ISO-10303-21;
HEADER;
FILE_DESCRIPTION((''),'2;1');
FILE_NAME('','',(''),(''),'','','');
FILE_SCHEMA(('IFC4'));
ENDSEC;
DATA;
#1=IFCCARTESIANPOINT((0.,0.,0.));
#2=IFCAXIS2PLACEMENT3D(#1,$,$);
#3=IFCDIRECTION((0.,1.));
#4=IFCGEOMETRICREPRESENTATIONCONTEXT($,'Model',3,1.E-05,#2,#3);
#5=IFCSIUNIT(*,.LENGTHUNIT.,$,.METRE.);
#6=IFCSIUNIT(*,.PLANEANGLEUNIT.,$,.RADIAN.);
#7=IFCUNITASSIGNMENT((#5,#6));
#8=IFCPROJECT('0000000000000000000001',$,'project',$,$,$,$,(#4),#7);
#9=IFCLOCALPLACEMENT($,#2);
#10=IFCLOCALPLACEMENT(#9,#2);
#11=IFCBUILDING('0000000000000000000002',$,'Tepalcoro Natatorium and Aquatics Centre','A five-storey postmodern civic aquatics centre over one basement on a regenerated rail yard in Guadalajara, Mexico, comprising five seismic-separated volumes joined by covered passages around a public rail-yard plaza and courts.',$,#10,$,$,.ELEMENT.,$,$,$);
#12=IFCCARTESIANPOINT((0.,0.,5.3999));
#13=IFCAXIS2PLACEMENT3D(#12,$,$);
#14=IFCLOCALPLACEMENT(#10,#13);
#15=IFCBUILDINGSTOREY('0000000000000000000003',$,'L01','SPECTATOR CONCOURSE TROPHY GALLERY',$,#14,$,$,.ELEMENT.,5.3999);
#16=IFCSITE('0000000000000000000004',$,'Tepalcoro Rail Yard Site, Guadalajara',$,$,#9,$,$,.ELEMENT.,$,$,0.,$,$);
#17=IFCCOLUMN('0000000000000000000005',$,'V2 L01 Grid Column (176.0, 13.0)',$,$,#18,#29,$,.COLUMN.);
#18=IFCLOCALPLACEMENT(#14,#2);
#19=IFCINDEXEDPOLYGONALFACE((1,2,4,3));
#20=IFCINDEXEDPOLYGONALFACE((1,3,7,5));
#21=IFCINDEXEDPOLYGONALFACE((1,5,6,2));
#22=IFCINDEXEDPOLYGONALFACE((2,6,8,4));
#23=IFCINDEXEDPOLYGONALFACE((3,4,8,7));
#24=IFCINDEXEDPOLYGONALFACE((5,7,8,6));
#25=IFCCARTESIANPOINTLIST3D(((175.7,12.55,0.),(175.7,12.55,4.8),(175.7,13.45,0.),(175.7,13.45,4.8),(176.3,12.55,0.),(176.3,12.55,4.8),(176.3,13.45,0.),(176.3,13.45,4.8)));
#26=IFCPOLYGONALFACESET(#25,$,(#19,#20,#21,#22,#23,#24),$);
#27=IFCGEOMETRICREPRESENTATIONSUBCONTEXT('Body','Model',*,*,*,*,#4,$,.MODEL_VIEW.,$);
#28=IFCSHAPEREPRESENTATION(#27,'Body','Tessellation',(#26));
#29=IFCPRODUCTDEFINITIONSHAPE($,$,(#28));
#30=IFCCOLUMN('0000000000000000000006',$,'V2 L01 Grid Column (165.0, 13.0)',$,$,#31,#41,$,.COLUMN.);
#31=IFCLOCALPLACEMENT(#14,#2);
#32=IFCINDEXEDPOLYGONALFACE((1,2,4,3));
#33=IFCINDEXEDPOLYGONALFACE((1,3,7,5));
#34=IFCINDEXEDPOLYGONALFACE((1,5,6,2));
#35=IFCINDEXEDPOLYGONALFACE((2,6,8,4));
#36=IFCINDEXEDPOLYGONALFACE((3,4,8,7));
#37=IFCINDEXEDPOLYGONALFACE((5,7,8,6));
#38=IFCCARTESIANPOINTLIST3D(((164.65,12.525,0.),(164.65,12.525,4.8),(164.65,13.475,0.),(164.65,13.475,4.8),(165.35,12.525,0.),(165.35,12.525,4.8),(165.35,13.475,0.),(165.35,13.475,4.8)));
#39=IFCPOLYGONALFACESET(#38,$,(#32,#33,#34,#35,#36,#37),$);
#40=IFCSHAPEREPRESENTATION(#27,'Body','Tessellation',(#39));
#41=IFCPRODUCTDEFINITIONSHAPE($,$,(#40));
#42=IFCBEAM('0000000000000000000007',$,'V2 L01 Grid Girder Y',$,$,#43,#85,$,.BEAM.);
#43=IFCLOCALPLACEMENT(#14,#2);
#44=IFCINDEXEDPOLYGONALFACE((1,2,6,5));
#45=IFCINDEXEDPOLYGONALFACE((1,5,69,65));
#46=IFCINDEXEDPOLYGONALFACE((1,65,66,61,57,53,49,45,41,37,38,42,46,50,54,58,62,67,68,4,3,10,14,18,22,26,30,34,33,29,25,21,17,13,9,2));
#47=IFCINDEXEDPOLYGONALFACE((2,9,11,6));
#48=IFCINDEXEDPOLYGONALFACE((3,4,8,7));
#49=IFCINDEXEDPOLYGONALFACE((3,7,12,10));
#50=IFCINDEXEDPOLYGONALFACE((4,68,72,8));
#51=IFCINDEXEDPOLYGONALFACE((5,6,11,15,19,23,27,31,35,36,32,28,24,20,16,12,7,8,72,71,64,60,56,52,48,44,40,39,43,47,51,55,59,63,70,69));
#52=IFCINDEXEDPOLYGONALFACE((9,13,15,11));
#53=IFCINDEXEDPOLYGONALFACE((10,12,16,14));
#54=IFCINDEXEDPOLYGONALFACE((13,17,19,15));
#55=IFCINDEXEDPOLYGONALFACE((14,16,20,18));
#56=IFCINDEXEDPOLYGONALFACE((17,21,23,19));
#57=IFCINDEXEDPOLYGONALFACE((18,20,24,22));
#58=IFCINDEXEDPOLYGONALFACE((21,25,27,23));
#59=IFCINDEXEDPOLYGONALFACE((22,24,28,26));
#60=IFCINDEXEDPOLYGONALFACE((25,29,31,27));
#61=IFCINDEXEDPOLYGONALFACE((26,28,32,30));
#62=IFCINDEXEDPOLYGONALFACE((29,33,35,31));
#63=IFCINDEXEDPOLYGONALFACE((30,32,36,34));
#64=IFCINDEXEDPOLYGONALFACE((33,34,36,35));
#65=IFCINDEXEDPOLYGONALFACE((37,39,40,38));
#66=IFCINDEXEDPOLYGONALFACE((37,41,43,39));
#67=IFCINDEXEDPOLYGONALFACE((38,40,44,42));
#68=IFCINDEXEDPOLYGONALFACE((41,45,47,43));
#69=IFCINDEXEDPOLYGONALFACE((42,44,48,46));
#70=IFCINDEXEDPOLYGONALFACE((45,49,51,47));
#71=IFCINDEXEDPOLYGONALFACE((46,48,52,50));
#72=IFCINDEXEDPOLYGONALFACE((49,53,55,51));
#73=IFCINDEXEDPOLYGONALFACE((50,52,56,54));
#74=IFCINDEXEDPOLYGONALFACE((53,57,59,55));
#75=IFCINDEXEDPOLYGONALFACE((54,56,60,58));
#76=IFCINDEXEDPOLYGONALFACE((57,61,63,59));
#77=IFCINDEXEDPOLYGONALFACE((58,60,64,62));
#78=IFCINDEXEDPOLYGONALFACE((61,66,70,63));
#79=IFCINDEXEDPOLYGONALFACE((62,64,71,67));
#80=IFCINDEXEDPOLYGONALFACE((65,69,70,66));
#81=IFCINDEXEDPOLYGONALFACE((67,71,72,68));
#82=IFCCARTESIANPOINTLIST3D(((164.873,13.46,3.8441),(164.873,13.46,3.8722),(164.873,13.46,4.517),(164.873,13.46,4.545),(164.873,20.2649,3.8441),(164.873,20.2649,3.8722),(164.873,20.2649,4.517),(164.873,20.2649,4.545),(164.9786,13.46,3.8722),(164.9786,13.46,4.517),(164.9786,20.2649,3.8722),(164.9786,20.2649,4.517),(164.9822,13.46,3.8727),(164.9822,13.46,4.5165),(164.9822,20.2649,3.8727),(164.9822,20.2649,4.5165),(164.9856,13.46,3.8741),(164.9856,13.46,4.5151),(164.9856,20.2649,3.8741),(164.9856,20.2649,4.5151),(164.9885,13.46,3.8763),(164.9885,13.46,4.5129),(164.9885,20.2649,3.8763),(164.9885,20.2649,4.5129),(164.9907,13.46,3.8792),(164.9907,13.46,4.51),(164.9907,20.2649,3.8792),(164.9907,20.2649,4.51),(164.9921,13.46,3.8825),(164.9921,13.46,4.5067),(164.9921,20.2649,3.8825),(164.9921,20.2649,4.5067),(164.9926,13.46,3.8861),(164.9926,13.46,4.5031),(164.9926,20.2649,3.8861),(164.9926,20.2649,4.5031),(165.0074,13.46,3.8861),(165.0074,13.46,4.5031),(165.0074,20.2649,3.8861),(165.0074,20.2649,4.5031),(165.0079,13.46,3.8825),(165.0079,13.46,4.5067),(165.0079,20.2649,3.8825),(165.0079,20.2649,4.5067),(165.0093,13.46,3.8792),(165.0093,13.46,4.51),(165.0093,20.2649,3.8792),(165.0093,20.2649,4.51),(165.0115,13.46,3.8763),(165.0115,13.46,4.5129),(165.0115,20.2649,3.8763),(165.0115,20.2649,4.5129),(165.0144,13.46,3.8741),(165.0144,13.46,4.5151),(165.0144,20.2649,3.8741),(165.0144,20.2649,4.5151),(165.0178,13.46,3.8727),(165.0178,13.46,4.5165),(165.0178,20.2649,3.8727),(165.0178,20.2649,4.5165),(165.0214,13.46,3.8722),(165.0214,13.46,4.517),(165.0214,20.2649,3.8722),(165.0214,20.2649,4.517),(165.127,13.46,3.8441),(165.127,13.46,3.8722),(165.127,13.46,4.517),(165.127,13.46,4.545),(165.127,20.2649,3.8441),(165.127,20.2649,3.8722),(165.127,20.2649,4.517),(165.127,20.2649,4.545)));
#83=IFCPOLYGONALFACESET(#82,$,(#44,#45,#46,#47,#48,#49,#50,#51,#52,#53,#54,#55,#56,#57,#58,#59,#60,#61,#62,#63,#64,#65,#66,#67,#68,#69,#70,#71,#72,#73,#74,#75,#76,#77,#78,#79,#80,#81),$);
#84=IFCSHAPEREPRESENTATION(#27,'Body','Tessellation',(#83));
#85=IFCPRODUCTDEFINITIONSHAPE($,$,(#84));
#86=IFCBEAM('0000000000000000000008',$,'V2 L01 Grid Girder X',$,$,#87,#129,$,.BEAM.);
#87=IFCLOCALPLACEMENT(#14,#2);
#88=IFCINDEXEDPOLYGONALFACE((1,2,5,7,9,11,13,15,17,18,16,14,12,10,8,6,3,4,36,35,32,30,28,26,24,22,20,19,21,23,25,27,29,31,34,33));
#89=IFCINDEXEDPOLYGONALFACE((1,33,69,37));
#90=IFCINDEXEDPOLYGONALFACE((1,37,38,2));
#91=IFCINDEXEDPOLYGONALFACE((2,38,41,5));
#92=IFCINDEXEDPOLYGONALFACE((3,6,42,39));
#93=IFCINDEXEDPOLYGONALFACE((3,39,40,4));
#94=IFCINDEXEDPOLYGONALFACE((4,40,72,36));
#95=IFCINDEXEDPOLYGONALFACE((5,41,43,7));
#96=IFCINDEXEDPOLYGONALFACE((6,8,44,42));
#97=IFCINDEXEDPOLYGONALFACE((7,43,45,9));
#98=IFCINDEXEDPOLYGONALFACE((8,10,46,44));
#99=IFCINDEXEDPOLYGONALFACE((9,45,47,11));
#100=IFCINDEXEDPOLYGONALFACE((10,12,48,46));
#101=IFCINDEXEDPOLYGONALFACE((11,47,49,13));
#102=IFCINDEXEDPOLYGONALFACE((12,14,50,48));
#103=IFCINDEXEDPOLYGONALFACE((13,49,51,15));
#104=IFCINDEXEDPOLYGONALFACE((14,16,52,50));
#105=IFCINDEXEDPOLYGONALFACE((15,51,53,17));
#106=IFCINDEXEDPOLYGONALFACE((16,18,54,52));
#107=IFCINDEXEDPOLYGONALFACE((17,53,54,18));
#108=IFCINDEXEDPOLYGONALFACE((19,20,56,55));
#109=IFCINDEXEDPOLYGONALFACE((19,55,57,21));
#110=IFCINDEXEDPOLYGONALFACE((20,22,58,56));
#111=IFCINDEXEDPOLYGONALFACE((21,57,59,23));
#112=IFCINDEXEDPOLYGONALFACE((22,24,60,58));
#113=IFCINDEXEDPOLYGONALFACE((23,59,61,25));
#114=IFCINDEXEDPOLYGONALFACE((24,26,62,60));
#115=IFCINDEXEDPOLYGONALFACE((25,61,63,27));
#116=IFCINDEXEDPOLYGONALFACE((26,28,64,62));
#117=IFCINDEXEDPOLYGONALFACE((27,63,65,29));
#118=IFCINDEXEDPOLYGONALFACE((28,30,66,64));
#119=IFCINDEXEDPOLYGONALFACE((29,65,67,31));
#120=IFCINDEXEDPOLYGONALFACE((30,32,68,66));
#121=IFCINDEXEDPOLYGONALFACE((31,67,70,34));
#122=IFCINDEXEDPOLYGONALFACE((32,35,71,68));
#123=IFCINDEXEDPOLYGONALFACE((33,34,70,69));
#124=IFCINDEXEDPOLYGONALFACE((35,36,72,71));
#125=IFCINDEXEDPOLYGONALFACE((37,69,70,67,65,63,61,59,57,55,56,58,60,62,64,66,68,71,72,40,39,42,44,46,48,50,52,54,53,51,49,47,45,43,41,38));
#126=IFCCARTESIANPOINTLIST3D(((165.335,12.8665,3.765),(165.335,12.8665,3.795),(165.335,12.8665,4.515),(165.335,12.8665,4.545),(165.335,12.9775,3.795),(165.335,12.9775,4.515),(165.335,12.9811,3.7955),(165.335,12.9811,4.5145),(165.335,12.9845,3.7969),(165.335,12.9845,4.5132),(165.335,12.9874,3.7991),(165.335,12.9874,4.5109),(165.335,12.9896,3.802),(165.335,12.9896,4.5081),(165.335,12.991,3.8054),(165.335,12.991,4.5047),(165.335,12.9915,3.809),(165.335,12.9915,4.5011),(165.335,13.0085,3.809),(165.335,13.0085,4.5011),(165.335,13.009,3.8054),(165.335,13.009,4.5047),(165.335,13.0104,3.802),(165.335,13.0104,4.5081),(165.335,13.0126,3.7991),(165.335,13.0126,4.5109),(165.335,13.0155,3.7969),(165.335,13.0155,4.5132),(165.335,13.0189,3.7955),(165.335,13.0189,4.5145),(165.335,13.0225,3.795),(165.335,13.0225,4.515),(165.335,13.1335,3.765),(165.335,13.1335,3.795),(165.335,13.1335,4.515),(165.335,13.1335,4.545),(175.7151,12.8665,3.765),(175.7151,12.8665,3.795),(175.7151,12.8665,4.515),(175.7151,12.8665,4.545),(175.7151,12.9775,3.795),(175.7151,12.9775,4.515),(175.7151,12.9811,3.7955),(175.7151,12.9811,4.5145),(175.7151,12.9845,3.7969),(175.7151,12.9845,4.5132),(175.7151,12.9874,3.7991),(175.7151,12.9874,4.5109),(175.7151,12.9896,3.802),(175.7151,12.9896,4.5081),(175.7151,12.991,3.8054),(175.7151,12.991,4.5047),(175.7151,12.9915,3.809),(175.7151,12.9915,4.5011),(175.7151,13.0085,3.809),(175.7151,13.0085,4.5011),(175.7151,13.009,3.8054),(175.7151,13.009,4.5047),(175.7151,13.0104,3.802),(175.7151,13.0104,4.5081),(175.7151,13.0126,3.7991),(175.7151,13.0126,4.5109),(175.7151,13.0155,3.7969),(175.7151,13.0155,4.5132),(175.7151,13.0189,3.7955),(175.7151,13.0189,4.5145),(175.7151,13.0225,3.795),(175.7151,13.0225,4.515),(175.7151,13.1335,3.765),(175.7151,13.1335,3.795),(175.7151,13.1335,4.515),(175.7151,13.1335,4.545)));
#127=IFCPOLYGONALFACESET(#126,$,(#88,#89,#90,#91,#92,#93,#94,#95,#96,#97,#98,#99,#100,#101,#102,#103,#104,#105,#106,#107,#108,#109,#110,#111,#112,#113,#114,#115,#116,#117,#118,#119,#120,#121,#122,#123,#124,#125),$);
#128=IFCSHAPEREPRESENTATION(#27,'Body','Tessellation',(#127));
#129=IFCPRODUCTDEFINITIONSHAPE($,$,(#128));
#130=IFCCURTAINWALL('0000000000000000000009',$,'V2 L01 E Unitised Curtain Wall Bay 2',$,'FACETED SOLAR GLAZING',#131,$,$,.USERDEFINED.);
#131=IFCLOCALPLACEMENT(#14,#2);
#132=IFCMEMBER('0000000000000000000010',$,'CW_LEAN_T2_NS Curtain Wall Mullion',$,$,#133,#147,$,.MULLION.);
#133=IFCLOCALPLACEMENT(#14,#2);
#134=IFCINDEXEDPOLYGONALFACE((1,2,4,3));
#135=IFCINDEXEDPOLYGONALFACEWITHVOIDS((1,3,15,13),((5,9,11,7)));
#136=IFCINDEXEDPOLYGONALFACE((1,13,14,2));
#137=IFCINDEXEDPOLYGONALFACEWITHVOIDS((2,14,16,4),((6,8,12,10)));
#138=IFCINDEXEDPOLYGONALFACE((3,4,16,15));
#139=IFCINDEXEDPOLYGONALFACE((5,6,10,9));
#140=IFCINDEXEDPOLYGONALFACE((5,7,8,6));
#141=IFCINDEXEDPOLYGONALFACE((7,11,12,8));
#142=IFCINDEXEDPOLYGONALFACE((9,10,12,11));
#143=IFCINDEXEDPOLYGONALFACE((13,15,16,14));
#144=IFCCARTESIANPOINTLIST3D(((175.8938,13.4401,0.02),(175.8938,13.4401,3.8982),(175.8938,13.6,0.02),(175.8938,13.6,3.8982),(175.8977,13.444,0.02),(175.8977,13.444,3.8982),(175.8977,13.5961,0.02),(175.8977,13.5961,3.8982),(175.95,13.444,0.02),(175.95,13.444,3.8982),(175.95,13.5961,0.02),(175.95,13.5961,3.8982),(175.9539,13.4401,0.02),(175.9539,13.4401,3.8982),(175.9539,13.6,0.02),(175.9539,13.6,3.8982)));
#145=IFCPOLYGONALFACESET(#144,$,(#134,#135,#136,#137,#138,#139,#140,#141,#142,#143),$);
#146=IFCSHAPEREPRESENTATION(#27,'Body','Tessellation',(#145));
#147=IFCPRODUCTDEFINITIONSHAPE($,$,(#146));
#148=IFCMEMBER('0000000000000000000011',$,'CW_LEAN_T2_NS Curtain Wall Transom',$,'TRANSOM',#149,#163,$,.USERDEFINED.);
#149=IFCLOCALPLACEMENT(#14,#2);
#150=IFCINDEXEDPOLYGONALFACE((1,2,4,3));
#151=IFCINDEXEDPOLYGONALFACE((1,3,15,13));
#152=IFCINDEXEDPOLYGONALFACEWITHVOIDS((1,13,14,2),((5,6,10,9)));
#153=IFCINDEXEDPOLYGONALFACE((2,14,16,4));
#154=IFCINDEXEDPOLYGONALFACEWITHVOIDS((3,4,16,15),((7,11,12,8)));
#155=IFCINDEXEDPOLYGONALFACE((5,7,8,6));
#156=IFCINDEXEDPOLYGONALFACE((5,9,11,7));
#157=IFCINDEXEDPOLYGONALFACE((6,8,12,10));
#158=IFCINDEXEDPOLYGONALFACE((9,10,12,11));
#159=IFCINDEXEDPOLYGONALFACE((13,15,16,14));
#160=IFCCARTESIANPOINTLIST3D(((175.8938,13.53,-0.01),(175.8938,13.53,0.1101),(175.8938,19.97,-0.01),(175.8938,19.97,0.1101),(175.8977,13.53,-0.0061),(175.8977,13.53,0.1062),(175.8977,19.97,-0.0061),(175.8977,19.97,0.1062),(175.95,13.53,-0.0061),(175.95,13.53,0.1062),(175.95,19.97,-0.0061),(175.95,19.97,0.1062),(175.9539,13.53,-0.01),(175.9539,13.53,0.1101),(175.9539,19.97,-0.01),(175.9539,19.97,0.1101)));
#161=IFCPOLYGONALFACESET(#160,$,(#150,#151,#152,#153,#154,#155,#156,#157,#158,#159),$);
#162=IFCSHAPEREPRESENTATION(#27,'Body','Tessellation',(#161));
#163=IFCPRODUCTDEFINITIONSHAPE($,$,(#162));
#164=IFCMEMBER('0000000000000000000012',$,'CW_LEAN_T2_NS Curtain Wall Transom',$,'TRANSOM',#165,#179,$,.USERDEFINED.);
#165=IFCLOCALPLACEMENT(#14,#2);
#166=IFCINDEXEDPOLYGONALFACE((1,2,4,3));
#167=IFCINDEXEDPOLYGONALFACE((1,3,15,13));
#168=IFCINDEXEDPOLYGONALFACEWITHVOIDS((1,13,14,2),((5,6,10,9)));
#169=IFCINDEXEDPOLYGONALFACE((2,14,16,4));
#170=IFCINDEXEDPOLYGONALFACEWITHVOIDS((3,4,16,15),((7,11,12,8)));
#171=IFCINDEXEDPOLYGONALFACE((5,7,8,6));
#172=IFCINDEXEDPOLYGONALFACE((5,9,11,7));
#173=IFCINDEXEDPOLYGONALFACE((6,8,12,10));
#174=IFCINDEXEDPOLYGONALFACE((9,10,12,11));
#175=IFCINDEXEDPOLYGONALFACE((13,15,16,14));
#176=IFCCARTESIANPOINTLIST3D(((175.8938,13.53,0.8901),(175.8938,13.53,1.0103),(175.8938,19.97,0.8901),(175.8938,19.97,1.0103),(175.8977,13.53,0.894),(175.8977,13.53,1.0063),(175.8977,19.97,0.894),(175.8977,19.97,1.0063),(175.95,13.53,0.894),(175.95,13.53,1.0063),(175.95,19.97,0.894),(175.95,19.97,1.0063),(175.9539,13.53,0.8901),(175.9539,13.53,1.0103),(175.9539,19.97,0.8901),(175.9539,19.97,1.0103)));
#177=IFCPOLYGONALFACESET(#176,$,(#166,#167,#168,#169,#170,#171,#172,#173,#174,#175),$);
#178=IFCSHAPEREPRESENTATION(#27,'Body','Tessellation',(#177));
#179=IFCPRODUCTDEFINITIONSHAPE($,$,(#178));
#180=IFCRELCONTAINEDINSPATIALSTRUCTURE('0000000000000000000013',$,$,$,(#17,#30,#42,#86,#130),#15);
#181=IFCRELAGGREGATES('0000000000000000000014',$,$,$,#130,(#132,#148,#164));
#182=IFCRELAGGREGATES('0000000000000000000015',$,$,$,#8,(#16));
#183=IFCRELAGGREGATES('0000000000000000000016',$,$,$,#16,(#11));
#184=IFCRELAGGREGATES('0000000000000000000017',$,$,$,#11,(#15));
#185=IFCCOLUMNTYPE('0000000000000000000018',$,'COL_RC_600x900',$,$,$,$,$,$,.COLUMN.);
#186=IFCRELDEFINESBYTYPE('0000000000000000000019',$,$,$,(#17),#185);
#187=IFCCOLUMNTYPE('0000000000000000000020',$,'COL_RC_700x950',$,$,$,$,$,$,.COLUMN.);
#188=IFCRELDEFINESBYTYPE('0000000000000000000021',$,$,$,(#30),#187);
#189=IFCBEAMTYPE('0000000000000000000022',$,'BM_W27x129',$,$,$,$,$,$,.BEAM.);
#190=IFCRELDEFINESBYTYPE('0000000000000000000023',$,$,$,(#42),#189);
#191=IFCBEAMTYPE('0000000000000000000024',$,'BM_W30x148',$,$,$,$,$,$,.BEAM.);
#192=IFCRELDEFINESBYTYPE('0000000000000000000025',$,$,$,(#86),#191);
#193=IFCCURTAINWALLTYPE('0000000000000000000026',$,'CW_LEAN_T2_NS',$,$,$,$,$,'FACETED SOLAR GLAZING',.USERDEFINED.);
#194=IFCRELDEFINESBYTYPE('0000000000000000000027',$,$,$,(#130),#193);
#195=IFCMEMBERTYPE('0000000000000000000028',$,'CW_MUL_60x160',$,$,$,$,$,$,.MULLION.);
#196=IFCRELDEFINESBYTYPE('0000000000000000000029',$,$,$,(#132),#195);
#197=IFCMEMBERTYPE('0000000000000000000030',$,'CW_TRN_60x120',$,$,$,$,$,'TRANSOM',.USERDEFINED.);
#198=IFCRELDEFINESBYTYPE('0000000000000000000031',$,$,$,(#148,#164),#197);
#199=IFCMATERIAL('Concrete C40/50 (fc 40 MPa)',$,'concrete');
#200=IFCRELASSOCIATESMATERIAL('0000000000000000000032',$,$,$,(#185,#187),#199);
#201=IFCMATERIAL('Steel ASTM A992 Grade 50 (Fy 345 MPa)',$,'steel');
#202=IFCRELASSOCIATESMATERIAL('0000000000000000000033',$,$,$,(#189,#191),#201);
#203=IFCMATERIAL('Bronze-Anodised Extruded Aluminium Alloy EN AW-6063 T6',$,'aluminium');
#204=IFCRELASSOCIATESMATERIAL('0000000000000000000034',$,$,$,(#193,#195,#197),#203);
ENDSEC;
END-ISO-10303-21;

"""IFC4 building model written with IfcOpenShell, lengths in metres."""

from ifc_helpers import new_model, si_unit, direction, frame, origin, origin_2d, place, context, subcontext, project, spatial, rectangle, hollow_rectangle, i_section, extrude, material, material_profile, profile_set, type_object, element, aggregate, save


model = new_model("IFC4")

# Units and contexts
model_context = context("Model", 3, precision=1e-05, world=origin(), true_north=direction((0.0, 1.0)))
body_context = subcontext(model_context, "Body", "Model", "MODEL_VIEW")
ifc_project = project(units=[si_unit("LENGTHUNIT", "METRE"), si_unit("PLANEANGLEUNIT", "RADIAN")], contexts=[model_context])

# Site, building, storey
site_placement = place(None, origin())
site = spatial("IfcSite", under=ifc_project, at=site_placement, Name="Tepalcoro Rail Yard Site, Guadalajara", CompositionType="ELEMENT", RefElevation=0.0)
building_placement = place(site_placement, origin())
building = spatial("IfcBuilding", under=site, at=building_placement, Name="Tepalcoro Natatorium and Aquatics Centre", Description="A five-storey postmodern civic aquatics centre over one basement on a regenerated rail yard in Guadalajara, Mexico, comprising five seismic-separated volumes joined by covered passages around a public rail-yard plaza and courts.", CompositionType="ELEMENT")
storey_placement = place(building_placement, frame((0.0, 0.0, 5.3999)))
storey = spatial("IfcBuildingStorey", under=building, at=storey_placement, Name="L01", Description="SPECTATOR CONCOURSE TROPHY GALLERY", CompositionType="ELEMENT", Elevation=5.3999)

# Columns
ifc_material_1 = material(Name="Concrete C40/50 (fc 40 MPa)", Category="concrete")
ifc_material_profile_1 = material_profile(ifc_material_1, rectangle(XDim=0.6001, YDim=0.8999, at=origin_2d()), Name="RC600x900")
ifc_profile_set_1 = profile_set([ifc_material_profile_1], Name="Concrete C40/50 (fc 40 MPa)")
column_type_1 = type_object("IfcColumnType", Name="COL_RC_600x900", PredefinedType="COLUMN", material=ifc_profile_set_1)
column_1_placement = place(storey_placement, frame((176.0, 13.0, 0.0), z_axis=(0.0, 0.0, 1.0), x_axis=(1.0, 0.0, 0.0)))
element("IfcColumn", 1, at=column_1_placement, inside=storey, type_object=column_type_1, Name="V2 L01 Grid Column (176.0, 13.0)", PredefinedType="COLUMN", context=body_context, shape_type="SweptSolid", body=[
    extrude(rectangle(XDim=0.6001, YDim=0.8999, at=origin_2d()), origin(), (0.0, 0.0, 1.0), 4.8),
])
ifc_material_profile_2 = material_profile(ifc_material_1, rectangle(XDim=0.7, YDim=0.95, at=origin_2d()), Name="RC700x950")
ifc_profile_set_2 = profile_set([ifc_material_profile_2], Name="Concrete C40/50 (fc 40 MPa)")
column_type_2 = type_object("IfcColumnType", Name="COL_RC_700x950", PredefinedType="COLUMN", material=ifc_profile_set_2)
column_2_placement = place(storey_placement, frame((165.0, 13.0, 0.0), z_axis=(0.0, 0.0, 1.0), x_axis=(1.0, 0.0, 0.0)))
element("IfcColumn", 2, at=column_2_placement, inside=storey, type_object=column_type_2, Name="V2 L01 Grid Column (165.0, 13.0)", PredefinedType="COLUMN", context=body_context, shape_type="SweptSolid", body=[
    extrude(rectangle(XDim=0.7, YDim=0.95, at=origin_2d()), origin(), (0.0, 0.0, 1.0), 4.8),
])

# Beams
ifc_material_2 = material(Name="Steel ASTM A992 Grade 50 (Fy 345 MPa)", Category="steel")
ifc_material_profile_3 = material_profile(ifc_material_2, i_section(OverallWidth=0.2539, OverallDepth=0.7009, WebThickness=0.0149, FlangeThickness=0.0281, FilletRadius=0.0139, at=origin_2d()), Name="W27X129")
ifc_profile_set_3 = profile_set([ifc_material_profile_3], Name="Steel ASTM A992 Grade 50 (Fy 345 MPa)")
beam_type_1 = type_object("IfcBeamType", Name="BM_W27x129", PredefinedType="BEAM", material=ifc_profile_set_3)
beam_1_placement = place(storey_placement, frame((165.0, 13.46, 4.1946), z_axis=(0.0, 1.0, 0.0), x_axis=(-1.0, 0.0, 0.0)))
element("IfcBeam", 3, at=beam_1_placement, inside=storey, type_object=beam_type_1, Name="V2 L01 Grid Girder Y", PredefinedType="BEAM", context=body_context, shape_type="SweptSolid", body=[
    extrude(i_section(OverallWidth=0.2539, OverallDepth=0.7009, WebThickness=0.0149, FlangeThickness=0.0281, FilletRadius=0.0139, at=origin_2d()), origin(), (0.0, 0.0, 1.0), 6.8049),
])
ifc_material_profile_4 = material_profile(ifc_material_2, i_section(OverallWidth=0.2671, OverallDepth=0.78, WebThickness=0.0171, FlangeThickness=0.03, FilletRadius=0.0139, at=origin_2d()), Name="W30X148")
ifc_profile_set_4 = profile_set([ifc_material_profile_4], Name="Steel ASTM A992 Grade 50 (Fy 345 MPa)")
beam_type_2 = type_object("IfcBeamType", Name="BM_W30x148", PredefinedType="BEAM", material=ifc_profile_set_4)
beam_2_placement = place(storey_placement, frame((165.335, 13.0, 4.155), z_axis=(1.0, 0.0, 0.0), x_axis=(0.0, 1.0, 0.0)))
element("IfcBeam", 4, at=beam_2_placement, inside=storey, type_object=beam_type_2, Name="V2 L01 Grid Girder X", PredefinedType="BEAM", context=body_context, shape_type="SweptSolid", body=[
    extrude(i_section(OverallWidth=0.2671, OverallDepth=0.78, WebThickness=0.0171, FlangeThickness=0.03, FilletRadius=0.0139, at=origin_2d()), origin(), (0.0, 0.0, 1.0), 10.3801),
])

# Curtain wall, members
ifc_material_3 = material(Name="Bronze-Anodised Extruded Aluminium Alloy EN AW-6063 T6", Category="aluminium")
curtain_wall_type = type_object("IfcCurtainWallType", Name="CW_LEAN_T2_NS", ElementType="FACETED SOLAR GLAZING", PredefinedType="USERDEFINED", material=ifc_material_3)
curtain_wall_placement = place(storey_placement, origin())
curtain_wall = element("IfcCurtainWall", 5, at=curtain_wall_placement, inside=storey, type_object=curtain_wall_type, Name="V2 L01 E Unitised Curtain Wall Bay 2", ObjectType="FACETED SOLAR GLAZING", PredefinedType="USERDEFINED")
ifc_material_profile_5 = material_profile(ifc_material_3, hollow_rectangle(XDim=0.0601, YDim=0.1599, WallThickness=0.0039, at=origin_2d()), Name="AL60X160X4")
ifc_profile_set_5 = profile_set([ifc_material_profile_5], Name="Bronze-Anodised Extruded Aluminium Alloy EN AW-6063 T6")
member_type_1 = type_object("IfcMemberType", Name="CW_MUL_60x160", PredefinedType="MULLION", material=ifc_profile_set_5)
member_1_placement = place(storey_placement, frame((175.9238, 13.52, 0.02), z_axis=(0.0, 0.0, 1.0), x_axis=(1.0, 0.0, 0.0)))
member_1 = element("IfcMember", 6, at=member_1_placement, type_object=member_type_1, Name="CW_LEAN_T2_NS Curtain Wall Mullion", PredefinedType="MULLION", context=body_context, shape_type="SweptSolid", body=[
    extrude(hollow_rectangle(XDim=0.0601, YDim=0.1599, WallThickness=0.0039, at=origin_2d()), origin(), (0.0, 0.0, 1.0), 3.8782),
])
ifc_material_profile_6 = material_profile(ifc_material_3, hollow_rectangle(XDim=0.0601, YDim=0.1201, WallThickness=0.0039, at=origin_2d()), Name="AL60X120X4")
ifc_profile_set_6 = profile_set([ifc_material_profile_6], Name="Bronze-Anodised Extruded Aluminium Alloy EN AW-6063 T6")
member_type_2 = type_object("IfcMemberType", Name="CW_TRN_60x120", ElementType="TRANSOM", PredefinedType="USERDEFINED", material=ifc_profile_set_6)
member_2_placement = place(storey_placement, frame((175.9238, 13.53, 0.05), z_axis=(0.0, 1.0, 0.0), x_axis=(-1.0, 0.0, 0.0)))
member_2 = element("IfcMember", 7, at=member_2_placement, type_object=member_type_2, Name="CW_LEAN_T2_NS Curtain Wall Transom", ObjectType="TRANSOM", PredefinedType="USERDEFINED", context=body_context, shape_type="SweptSolid", body=[
    extrude(hollow_rectangle(XDim=0.0601, YDim=0.1201, WallThickness=0.0039, at=origin_2d()), origin(), (0.0, 0.0, 1.0), 6.4399),
])
member_3_placement = place(storey_placement, frame((175.9238, 13.53, 0.9502), z_axis=(0.0, 1.0, 0.0), x_axis=(-1.0, 0.0, 0.0)))
member_3 = element("IfcMember", 8, at=member_3_placement, type_object=member_type_2, Name="CW_LEAN_T2_NS Curtain Wall Transom", ObjectType="TRANSOM", PredefinedType="USERDEFINED", context=body_context, shape_type="SweptSolid", body=[
    extrude(hollow_rectangle(XDim=0.0601, YDim=0.1201, WallThickness=0.0039, at=origin_2d()), origin(), (0.0, 0.0, 1.0), 6.4399),
])

aggregate(curtain_wall, [member_1, member_2, member_3])

save(model, "model.ifc")
